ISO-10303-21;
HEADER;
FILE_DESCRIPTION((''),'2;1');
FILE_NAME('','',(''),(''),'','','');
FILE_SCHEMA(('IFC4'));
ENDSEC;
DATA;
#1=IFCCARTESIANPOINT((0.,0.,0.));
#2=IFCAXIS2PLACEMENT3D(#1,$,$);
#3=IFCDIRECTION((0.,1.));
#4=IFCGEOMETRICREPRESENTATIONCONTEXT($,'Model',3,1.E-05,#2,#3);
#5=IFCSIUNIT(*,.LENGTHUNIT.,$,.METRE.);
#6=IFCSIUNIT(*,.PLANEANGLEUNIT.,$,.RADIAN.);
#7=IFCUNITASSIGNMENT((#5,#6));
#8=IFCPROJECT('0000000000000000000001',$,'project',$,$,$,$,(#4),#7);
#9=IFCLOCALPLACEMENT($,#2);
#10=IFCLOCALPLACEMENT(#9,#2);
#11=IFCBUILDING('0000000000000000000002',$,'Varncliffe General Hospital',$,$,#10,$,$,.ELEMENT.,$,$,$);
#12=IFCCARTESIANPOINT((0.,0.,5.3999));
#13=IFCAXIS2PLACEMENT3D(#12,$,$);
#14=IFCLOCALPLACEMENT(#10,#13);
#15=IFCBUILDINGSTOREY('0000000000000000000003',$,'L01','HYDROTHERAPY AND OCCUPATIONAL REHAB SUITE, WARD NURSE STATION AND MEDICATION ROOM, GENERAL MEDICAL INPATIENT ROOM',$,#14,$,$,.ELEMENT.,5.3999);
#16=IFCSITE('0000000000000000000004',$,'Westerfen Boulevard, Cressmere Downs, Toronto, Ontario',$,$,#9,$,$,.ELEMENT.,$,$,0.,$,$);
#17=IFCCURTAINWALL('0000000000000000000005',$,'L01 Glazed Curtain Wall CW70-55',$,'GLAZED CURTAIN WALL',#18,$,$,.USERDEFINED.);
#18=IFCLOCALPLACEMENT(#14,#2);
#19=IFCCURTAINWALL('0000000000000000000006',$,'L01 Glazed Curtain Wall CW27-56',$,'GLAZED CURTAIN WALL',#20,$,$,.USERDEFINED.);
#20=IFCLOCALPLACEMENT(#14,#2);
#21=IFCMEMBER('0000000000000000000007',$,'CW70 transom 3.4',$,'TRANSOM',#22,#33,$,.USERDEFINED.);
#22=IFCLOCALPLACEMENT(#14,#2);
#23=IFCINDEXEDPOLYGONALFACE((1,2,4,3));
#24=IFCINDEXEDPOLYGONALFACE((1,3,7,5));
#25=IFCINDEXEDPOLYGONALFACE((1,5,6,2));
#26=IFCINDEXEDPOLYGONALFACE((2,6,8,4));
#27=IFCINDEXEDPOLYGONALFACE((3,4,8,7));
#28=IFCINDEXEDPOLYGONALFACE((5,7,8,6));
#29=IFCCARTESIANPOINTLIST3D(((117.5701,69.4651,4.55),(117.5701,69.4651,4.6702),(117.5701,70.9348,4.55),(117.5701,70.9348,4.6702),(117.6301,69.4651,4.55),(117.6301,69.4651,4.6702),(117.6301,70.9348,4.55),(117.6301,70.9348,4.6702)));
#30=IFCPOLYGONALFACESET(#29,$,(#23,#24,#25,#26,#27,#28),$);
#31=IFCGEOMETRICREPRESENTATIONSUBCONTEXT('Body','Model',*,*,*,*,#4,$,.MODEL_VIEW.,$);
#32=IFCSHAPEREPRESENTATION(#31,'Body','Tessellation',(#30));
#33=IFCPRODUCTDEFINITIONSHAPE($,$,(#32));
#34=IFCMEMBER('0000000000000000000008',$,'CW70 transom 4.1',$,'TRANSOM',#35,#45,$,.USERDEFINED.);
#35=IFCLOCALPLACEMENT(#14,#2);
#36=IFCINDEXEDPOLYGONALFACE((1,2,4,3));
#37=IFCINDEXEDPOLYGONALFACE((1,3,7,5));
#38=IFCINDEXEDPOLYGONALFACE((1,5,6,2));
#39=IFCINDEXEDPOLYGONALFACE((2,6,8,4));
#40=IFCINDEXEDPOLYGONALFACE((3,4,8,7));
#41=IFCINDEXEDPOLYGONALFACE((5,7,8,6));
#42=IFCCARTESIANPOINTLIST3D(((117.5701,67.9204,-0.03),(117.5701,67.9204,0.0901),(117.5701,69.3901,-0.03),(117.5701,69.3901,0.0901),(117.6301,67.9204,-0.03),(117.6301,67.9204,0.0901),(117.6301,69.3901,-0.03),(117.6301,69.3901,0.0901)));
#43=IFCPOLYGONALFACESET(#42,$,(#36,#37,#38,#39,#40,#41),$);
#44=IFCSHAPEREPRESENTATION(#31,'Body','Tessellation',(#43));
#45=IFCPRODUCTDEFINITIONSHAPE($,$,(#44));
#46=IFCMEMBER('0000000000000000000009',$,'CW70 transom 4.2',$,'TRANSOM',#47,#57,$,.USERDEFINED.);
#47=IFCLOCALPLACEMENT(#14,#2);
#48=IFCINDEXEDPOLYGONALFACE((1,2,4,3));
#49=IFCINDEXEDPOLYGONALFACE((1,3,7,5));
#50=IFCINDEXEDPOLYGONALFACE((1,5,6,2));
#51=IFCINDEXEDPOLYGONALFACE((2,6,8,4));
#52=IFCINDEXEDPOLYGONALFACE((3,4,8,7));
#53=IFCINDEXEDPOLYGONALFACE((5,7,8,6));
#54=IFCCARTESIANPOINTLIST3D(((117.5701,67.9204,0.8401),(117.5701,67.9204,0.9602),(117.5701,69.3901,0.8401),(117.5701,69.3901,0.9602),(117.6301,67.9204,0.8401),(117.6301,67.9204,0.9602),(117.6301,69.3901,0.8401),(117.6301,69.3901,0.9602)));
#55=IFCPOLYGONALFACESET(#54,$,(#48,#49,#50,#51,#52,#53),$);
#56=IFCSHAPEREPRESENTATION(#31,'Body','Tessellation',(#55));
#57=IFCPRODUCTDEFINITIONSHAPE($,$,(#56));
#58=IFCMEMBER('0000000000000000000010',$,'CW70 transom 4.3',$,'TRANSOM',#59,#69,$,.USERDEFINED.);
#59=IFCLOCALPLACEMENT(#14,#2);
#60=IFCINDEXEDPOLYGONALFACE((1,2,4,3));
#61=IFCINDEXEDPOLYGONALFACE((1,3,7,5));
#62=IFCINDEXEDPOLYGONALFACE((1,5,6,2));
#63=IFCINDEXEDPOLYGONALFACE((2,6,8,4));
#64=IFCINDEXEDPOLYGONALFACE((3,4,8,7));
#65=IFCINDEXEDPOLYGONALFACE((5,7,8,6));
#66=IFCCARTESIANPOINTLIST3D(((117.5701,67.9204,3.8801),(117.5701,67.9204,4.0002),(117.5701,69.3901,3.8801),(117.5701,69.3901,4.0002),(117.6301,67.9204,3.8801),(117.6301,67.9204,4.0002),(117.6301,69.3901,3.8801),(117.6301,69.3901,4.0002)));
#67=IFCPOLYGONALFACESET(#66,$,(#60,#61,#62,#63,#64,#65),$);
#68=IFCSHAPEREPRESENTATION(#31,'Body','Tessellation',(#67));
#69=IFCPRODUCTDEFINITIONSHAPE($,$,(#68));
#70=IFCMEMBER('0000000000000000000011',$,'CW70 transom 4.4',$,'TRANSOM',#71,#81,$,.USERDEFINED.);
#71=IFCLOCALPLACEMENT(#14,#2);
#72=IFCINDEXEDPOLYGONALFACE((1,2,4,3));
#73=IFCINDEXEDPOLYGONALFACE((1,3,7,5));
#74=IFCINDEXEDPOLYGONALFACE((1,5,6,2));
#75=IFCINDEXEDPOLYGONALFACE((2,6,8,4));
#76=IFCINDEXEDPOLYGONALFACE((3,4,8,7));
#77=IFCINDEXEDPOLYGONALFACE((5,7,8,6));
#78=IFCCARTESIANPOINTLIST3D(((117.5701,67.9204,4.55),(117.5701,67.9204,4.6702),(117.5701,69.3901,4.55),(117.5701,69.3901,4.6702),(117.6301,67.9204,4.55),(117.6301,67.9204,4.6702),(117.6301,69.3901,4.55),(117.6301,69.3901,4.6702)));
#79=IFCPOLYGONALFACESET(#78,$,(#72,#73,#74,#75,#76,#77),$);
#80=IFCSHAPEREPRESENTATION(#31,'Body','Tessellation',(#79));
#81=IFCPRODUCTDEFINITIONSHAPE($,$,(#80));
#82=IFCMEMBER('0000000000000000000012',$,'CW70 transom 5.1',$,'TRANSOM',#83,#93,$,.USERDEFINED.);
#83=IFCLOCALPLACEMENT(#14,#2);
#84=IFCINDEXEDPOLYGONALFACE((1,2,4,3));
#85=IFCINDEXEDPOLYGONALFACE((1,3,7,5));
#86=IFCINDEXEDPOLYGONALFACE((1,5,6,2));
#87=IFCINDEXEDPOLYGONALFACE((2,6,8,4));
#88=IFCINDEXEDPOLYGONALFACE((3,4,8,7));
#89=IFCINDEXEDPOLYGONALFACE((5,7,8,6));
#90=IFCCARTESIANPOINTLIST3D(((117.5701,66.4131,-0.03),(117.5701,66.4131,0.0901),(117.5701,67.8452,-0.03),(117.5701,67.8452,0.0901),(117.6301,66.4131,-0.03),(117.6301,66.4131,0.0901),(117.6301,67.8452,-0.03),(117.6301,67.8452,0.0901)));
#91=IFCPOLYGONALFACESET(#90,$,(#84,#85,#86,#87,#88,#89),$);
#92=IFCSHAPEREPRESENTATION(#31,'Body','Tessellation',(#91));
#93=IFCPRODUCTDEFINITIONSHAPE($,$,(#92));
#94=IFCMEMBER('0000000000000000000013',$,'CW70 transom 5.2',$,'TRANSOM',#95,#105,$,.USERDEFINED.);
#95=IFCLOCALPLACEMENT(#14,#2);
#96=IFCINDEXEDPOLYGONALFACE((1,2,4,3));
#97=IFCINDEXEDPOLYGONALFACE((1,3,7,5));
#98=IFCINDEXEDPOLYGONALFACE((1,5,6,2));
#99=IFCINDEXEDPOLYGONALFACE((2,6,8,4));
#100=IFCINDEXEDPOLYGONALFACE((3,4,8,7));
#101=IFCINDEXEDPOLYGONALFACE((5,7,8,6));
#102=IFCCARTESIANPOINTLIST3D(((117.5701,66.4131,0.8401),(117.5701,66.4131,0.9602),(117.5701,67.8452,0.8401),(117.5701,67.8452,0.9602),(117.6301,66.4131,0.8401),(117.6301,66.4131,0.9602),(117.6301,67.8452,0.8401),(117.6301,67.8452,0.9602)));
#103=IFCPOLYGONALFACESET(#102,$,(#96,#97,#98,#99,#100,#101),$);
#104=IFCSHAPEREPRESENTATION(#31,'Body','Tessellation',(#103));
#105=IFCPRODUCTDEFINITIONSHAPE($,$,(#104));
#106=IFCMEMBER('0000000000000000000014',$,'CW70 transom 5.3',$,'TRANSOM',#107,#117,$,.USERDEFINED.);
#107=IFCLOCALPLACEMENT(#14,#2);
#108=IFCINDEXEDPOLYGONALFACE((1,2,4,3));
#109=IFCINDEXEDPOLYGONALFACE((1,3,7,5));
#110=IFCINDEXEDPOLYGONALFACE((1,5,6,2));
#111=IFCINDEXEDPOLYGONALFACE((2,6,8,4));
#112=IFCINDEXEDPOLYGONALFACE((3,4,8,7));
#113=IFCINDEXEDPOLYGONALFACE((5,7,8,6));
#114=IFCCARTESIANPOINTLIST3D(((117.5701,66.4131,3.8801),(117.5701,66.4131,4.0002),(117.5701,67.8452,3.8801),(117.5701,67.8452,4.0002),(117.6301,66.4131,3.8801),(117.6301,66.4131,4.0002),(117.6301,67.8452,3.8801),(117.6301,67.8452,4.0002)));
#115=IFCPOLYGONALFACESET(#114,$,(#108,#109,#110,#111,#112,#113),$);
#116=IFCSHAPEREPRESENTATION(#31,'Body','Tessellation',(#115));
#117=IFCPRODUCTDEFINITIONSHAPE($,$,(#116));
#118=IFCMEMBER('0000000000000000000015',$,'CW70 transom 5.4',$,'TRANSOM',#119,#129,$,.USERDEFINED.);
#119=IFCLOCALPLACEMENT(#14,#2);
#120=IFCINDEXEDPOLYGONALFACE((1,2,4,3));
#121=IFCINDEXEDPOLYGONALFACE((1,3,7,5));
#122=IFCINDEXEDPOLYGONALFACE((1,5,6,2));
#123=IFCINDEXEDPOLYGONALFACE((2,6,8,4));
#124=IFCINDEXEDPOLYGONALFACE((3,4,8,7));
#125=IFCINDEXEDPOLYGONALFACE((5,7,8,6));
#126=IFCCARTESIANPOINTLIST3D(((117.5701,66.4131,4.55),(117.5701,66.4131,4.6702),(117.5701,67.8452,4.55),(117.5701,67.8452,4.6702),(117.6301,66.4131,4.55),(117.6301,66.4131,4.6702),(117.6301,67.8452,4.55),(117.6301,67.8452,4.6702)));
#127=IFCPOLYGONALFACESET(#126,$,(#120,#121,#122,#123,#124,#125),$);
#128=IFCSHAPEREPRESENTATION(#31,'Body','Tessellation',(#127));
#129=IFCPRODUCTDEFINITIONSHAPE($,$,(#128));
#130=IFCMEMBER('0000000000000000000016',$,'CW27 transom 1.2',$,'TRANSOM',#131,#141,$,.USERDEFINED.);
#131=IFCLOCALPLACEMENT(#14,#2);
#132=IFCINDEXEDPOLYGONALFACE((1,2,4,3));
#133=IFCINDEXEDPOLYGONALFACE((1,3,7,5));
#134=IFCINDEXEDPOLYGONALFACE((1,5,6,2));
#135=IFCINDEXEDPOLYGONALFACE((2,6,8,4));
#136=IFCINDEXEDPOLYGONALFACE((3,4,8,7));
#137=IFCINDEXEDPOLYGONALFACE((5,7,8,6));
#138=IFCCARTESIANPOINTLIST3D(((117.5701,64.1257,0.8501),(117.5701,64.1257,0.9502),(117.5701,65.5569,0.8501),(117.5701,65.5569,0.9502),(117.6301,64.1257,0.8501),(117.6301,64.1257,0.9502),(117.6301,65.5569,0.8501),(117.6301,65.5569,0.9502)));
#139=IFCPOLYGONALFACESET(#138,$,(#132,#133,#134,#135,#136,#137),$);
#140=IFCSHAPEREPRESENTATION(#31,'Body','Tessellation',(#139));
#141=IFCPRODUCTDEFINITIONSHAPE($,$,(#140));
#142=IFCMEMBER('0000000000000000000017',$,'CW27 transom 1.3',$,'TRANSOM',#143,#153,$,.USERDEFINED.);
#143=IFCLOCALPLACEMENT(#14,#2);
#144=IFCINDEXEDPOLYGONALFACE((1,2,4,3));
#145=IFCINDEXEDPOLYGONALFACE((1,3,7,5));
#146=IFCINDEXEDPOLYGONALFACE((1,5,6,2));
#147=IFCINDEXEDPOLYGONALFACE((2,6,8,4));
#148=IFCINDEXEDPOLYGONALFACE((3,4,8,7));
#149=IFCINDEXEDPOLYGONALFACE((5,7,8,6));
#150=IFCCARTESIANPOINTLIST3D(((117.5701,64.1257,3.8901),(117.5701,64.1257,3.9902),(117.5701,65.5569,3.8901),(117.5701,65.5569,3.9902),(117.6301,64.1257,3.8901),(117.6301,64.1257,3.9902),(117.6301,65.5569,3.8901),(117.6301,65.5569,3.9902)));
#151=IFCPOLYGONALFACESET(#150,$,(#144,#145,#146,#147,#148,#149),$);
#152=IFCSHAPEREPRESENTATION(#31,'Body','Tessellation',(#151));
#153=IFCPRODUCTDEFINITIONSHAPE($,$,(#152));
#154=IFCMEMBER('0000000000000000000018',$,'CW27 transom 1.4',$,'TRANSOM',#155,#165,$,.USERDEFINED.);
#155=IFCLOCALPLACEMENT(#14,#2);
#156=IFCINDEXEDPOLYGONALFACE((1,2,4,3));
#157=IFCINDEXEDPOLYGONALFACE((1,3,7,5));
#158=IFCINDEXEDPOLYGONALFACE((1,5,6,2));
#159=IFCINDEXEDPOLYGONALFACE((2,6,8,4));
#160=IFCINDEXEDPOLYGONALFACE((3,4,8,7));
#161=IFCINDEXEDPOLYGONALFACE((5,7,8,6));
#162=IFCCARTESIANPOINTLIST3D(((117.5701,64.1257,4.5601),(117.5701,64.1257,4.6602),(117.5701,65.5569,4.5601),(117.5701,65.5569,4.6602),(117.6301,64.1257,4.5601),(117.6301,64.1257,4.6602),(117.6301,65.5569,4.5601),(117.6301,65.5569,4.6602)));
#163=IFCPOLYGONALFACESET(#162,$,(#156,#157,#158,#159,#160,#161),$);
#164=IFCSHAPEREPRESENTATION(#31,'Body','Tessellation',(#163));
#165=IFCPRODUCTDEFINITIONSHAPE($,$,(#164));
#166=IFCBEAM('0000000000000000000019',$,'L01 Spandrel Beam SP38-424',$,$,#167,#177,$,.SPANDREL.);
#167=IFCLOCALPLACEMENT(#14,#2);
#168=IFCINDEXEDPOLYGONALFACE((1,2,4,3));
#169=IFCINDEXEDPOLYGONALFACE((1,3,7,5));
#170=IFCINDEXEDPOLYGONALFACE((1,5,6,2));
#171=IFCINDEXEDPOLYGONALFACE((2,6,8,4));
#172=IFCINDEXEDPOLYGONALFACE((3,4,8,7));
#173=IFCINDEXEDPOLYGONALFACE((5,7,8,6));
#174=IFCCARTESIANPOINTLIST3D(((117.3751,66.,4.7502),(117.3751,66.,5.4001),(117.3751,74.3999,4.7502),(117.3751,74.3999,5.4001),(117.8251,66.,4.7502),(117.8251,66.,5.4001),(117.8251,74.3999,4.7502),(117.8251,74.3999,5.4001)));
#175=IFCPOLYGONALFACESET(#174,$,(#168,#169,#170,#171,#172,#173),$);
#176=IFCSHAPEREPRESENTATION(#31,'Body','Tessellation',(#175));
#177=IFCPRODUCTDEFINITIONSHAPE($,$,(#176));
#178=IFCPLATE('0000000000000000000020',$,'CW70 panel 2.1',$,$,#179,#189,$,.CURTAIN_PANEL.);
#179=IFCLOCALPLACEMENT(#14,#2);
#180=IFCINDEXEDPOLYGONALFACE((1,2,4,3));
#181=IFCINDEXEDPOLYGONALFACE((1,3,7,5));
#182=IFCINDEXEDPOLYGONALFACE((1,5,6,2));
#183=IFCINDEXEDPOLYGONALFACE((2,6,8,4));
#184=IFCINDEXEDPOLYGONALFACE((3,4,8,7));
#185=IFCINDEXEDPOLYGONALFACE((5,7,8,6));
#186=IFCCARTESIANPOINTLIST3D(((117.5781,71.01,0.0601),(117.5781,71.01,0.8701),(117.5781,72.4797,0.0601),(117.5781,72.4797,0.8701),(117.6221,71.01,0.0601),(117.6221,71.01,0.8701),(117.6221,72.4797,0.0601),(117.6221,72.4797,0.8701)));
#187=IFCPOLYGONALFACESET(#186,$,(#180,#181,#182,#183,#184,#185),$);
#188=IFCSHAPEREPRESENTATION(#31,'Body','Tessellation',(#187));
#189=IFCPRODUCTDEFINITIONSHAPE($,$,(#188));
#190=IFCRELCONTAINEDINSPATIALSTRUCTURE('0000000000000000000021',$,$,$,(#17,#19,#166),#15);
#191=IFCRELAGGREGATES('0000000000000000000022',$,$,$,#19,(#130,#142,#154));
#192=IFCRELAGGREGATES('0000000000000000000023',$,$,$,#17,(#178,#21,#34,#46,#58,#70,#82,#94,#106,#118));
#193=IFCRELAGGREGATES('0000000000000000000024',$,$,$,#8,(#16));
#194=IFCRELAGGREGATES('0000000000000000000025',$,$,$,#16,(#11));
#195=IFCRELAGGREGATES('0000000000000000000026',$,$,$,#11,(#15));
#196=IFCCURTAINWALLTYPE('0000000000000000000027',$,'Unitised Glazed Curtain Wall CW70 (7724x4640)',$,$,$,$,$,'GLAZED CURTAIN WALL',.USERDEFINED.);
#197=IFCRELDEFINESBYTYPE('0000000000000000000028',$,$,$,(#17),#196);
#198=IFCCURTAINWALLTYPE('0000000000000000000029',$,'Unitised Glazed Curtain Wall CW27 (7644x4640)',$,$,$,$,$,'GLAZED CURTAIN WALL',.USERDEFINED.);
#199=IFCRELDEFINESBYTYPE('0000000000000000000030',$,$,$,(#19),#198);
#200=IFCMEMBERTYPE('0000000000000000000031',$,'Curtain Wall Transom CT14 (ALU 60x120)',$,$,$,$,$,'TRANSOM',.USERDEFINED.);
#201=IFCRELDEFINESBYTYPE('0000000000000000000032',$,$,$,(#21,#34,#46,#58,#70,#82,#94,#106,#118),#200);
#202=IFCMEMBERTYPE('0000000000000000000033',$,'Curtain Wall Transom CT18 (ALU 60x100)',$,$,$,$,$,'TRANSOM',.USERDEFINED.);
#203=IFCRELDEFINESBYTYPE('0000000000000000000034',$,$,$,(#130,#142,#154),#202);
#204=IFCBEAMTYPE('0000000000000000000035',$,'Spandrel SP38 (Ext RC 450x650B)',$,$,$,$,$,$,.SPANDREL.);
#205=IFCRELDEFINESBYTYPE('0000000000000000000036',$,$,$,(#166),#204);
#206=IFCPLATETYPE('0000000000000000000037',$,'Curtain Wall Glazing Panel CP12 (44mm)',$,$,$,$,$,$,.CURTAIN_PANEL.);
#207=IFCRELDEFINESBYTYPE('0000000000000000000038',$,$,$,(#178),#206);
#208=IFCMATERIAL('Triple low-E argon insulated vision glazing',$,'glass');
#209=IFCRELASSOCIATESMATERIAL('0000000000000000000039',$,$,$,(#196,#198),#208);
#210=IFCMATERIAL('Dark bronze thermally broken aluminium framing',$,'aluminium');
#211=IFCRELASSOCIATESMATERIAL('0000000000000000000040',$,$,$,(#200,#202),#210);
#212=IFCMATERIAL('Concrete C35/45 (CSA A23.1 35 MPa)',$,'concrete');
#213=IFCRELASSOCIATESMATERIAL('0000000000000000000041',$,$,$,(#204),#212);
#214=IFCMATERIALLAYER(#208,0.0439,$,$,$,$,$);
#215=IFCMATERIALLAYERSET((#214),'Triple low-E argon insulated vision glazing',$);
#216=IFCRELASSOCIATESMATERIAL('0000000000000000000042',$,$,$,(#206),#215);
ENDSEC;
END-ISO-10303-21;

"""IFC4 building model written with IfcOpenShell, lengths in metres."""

from ifc_helpers import new_model, si_unit, direction, frame, origin, origin_2d, place, context, subcontext, project, spatial, rectangle, extrude, material, layer, layer_set, material_profile, profile_set, type_object, element, aggregate, save


model = new_model("IFC4")

# Units and contexts
model_context = context("Model", 3, precision=1e-05, world=origin(), true_north=direction((0.0, 1.0)))
body_context = subcontext(model_context, "Body", "Model", "MODEL_VIEW")
ifc_project = project(units=[si_unit("LENGTHUNIT", "METRE"), si_unit("PLANEANGLEUNIT", "RADIAN")], contexts=[model_context])

# Site, building, storey
site_placement = place(None, origin())
site = spatial("IfcSite", under=ifc_project, at=site_placement, Name="Westerfen Boulevard, Cressmere Downs, Toronto, Ontario", CompositionType="ELEMENT", RefElevation=0.0)
building_placement = place(site_placement, origin())
building = spatial("IfcBuilding", under=site, at=building_placement, Name="Varncliffe General Hospital", CompositionType="ELEMENT")
storey_placement = place(building_placement, frame((0.0, 0.0, 5.3999)))
storey = spatial("IfcBuildingStorey", under=building, at=storey_placement, Name="L01", Description="HYDROTHERAPY AND OCCUPATIONAL REHAB SUITE, WARD NURSE STATION AND MEDICATION ROOM, GENERAL MEDICAL INPATIENT ROOM", CompositionType="ELEMENT", Elevation=5.3999)

# Curtain wall
ifc_material_1 = material(Name="Triple low-E argon insulated vision glazing", Category="glass")
curtain_wall_type_1 = type_object("IfcCurtainWallType", Name="Unitised Glazed Curtain Wall CW70 (7724x4640)", ElementType="GLAZED CURTAIN WALL", PredefinedType="USERDEFINED", material=ifc_material_1)
curtain_wall_1_placement = place(storey_placement, origin())
curtain_wall_1 = element("IfcCurtainWall", 1, at=curtain_wall_1_placement, inside=storey, type_object=curtain_wall_type_1, Name="L01 Glazed Curtain Wall CW70-55", ObjectType="GLAZED CURTAIN WALL", PredefinedType="USERDEFINED")
ifc_material_2 = material(Name="Dark bronze thermally broken aluminium framing", Category="aluminium")

# Curtain wall
curtain_wall_type_2 = type_object("IfcCurtainWallType", Name="Unitised Glazed Curtain Wall CW27 (7644x4640)", ElementType="GLAZED CURTAIN WALL", PredefinedType="USERDEFINED", material=ifc_material_1)
curtain_wall_2_placement = place(storey_placement, origin())
curtain_wall_2 = element("IfcCurtainWall", 2, at=curtain_wall_2_placement, inside=storey, type_object=curtain_wall_type_2, Name="L01 Glazed Curtain Wall CW27-56", ObjectType="GLAZED CURTAIN WALL", PredefinedType="USERDEFINED")

# Members
ifc_material_profile_1 = material_profile(ifc_material_2, rectangle(XDim=0.0601, YDim=0.1201, at=origin_2d()), Name="ALU 60x120")
ifc_profile_set_1 = profile_set([ifc_material_profile_1], Name="Dark bronze thermally broken aluminium framing")
member_type_1 = type_object("IfcMemberType", Name="Curtain Wall Transom CT14 (ALU 60x120)", ElementType="TRANSOM", PredefinedType="USERDEFINED", material=ifc_profile_set_1)
member_1_placement = place(storey_placement, frame((117.6001, 70.9348, 4.6101), z_axis=(0.0, -1.0, 0.0), x_axis=(1.0, 0.0, 0.0)))
member_1 = element("IfcMember", 3, at=member_1_placement, type_object=member_type_1, Name="CW70 transom 3.4", ObjectType="TRANSOM", PredefinedType="USERDEFINED", context=body_context, shape_type="SweptSolid", body=[
    extrude(rectangle(XDim=0.0601, YDim=0.1201, at=origin_2d()), origin(), (0.0, 0.0, 1.0), 1.4697),
])
member_2_placement = place(storey_placement, frame((117.6001, 69.3901, 0.03), z_axis=(0.0, -1.0, 0.0), x_axis=(1.0, 0.0, 0.0)))
member_2 = element("IfcMember", 4, at=member_2_placement, type_object=member_type_1, Name="CW70 transom 4.1", ObjectType="TRANSOM", PredefinedType="USERDEFINED", context=body_context, shape_type="SweptSolid", body=[
    extrude(rectangle(XDim=0.0601, YDim=0.1201, at=origin_2d()), origin(), (0.0, 0.0, 1.0), 1.4697),
])
member_3_placement = place(storey_placement, frame((117.6001, 69.3901, 0.9001), z_axis=(0.0, -1.0, 0.0), x_axis=(1.0, 0.0, 0.0)))
member_3 = element("IfcMember", 5, at=member_3_placement, type_object=member_type_1, Name="CW70 transom 4.2", ObjectType="TRANSOM", PredefinedType="USERDEFINED", context=body_context, shape_type="SweptSolid", body=[
    extrude(rectangle(XDim=0.0601, YDim=0.1201, at=origin_2d()), origin(), (0.0, 0.0, 1.0), 1.4697),
])
member_4_placement = place(storey_placement, frame((117.6001, 69.3901, 3.9402), z_axis=(0.0, -1.0, 0.0), x_axis=(1.0, 0.0, 0.0)))
member_4 = element("IfcMember", 6, at=member_4_placement, type_object=member_type_1, Name="CW70 transom 4.3", ObjectType="TRANSOM", PredefinedType="USERDEFINED", context=body_context, shape_type="SweptSolid", body=[
    extrude(rectangle(XDim=0.0601, YDim=0.1201, at=origin_2d()), origin(), (0.0, 0.0, 1.0), 1.4697),
])
member_5_placement = place(storey_placement, frame((117.6001, 69.3901, 4.6101), z_axis=(0.0, -1.0, 0.0), x_axis=(1.0, 0.0, 0.0)))
member_5 = element("IfcMember", 7, at=member_5_placement, type_object=member_type_1, Name="CW70 transom 4.4", ObjectType="TRANSOM", PredefinedType="USERDEFINED", context=body_context, shape_type="SweptSolid", body=[
    extrude(rectangle(XDim=0.0601, YDim=0.1201, at=origin_2d()), origin(), (0.0, 0.0, 1.0), 1.4697),
])
member_6_placement = place(storey_placement, frame((117.6001, 67.8452, 0.03), z_axis=(0.0, -1.0, 0.0), x_axis=(1.0, 0.0, 0.0)))
member_6 = element("IfcMember", 8, at=member_6_placement, type_object=member_type_1, Name="CW70 transom 5.1", ObjectType="TRANSOM", PredefinedType="USERDEFINED", context=body_context, shape_type="SweptSolid", body=[
    extrude(rectangle(XDim=0.0601, YDim=0.1201, at=origin_2d()), origin(), (0.0, 0.0, 1.0), 1.4321),
])
member_7_placement = place(storey_placement, frame((117.6001, 67.8452, 0.9001), z_axis=(0.0, -1.0, 0.0), x_axis=(1.0, 0.0, 0.0)))
member_7 = element("IfcMember", 9, at=member_7_placement, type_object=member_type_1, Name="CW70 transom 5.2", ObjectType="TRANSOM", PredefinedType="USERDEFINED", context=body_context, shape_type="SweptSolid", body=[
    extrude(rectangle(XDim=0.0601, YDim=0.1201, at=origin_2d()), origin(), (0.0, 0.0, 1.0), 1.4321),
])
member_8_placement = place(storey_placement, frame((117.6001, 67.8452, 3.9402), z_axis=(0.0, -1.0, 0.0), x_axis=(1.0, 0.0, 0.0)))
member_8 = element("IfcMember", 10, at=member_8_placement, type_object=member_type_1, Name="CW70 transom 5.3", ObjectType="TRANSOM", PredefinedType="USERDEFINED", context=body_context, shape_type="SweptSolid", body=[
    extrude(rectangle(XDim=0.0601, YDim=0.1201, at=origin_2d()), origin(), (0.0, 0.0, 1.0), 1.4321),
])
member_9_placement = place(storey_placement, frame((117.6001, 67.8452, 4.6101), z_axis=(0.0, -1.0, 0.0), x_axis=(1.0, 0.0, 0.0)))
member_9 = element("IfcMember", 11, at=member_9_placement, type_object=member_type_1, Name="CW70 transom 5.4", ObjectType="TRANSOM", PredefinedType="USERDEFINED", context=body_context, shape_type="SweptSolid", body=[
    extrude(rectangle(XDim=0.0601, YDim=0.1201, at=origin_2d()), origin(), (0.0, 0.0, 1.0), 1.4321),
])
ifc_material_profile_2 = material_profile(ifc_material_2, rectangle(XDim=0.0601, YDim=0.1001, at=origin_2d()), Name="ALU 60x100")
ifc_profile_set_2 = profile_set([ifc_material_profile_2], Name="Dark bronze thermally broken aluminium framing")
member_type_2 = type_object("IfcMemberType", Name="Curtain Wall Transom CT18 (ALU 60x100)", ElementType="TRANSOM", PredefinedType="USERDEFINED", material=ifc_profile_set_2)
member_10_placement = place(storey_placement, frame((117.6001, 65.5569, 0.9001), z_axis=(0.0, -1.0, 0.0), x_axis=(1.0, 0.0, 0.0)))
member_10 = element("IfcMember", 12, at=member_10_placement, type_object=member_type_2, Name="CW27 transom 1.2", ObjectType="TRANSOM", PredefinedType="USERDEFINED", context=body_context, shape_type="SweptSolid", body=[
    extrude(rectangle(XDim=0.0601, YDim=0.1001, at=origin_2d()), origin(), (0.0, 0.0, 1.0), 1.4312),
])
member_11_placement = place(storey_placement, frame((117.6001, 65.5569, 3.9402), z_axis=(0.0, -1.0, 0.0), x_axis=(1.0, 0.0, 0.0)))
member_11 = element("IfcMember", 13, at=member_11_placement, type_object=member_type_2, Name="CW27 transom 1.3", ObjectType="TRANSOM", PredefinedType="USERDEFINED", context=body_context, shape_type="SweptSolid", body=[
    extrude(rectangle(XDim=0.0601, YDim=0.1001, at=origin_2d()), origin(), (0.0, 0.0, 1.0), 1.4312),
])
member_12_placement = place(storey_placement, frame((117.6001, 65.5569, 4.6101), z_axis=(0.0, -1.0, 0.0), x_axis=(1.0, 0.0, 0.0)))
member_12 = element("IfcMember", 14, at=member_12_placement, type_object=member_type_2, Name="CW27 transom 1.4", ObjectType="TRANSOM", PredefinedType="USERDEFINED", context=body_context, shape_type="SweptSolid", body=[
    extrude(rectangle(XDim=0.0601, YDim=0.1001, at=origin_2d()), origin(), (0.0, 0.0, 1.0), 1.4312),
])
aggregate(curtain_wall_2, [member_10, member_11, member_12])

# Beam
ifc_material_3 = material(Name="Concrete C35/45 (CSA A23.1 35 MPa)", Category="concrete")
ifc_material_profile_3 = material_profile(ifc_material_3, rectangle(XDim=0.45, YDim=0.6499, at=origin_2d()), Name="RC 450x650")
ifc_profile_set_3 = profile_set([ifc_material_profile_3], Name="Concrete C35/45 (CSA A23.1 35 MPa)")
beam_type = type_object("IfcBeamType", Name="Spandrel SP38 (Ext RC 450x650B)", PredefinedType="SPANDREL", material=ifc_profile_set_3)
beam_placement = place(storey_placement, frame((117.6001, 66.0, 5.0752), z_axis=(0.0, 1.0, 0.0), x_axis=(-1.0, 0.0, 0.0)))
element("IfcBeam", 15, at=beam_placement, inside=storey, type_object=beam_type, Name="L01 Spandrel Beam SP38-424", PredefinedType="SPANDREL", context=body_context, shape_type="SweptSolid", body=[
    extrude(rectangle(XDim=0.45, YDim=0.6499, at=origin_2d()), origin(), (0.0, 0.0, 1.0), 8.3999),
])

# Plate
ifc_layer = layer(ifc_material_1, 0.0439)
ifc_layer_set = layer_set([ifc_layer], Name="Triple low-E argon insulated vision glazing")
plate_type = type_object("IfcPlateType", Name="Curtain Wall Glazing Panel CP12 (44mm)", PredefinedType="CURTAIN_PANEL", material=ifc_layer_set)
plate_1_placement = place(storey_placement, frame((117.6001, 71.7449, 0.0601), z_axis=(0.0, 0.0, 1.0), x_axis=(0.0, -1.0, 0.0)))
plate_1 = element("IfcPlate", 16, at=plate_1_placement, type_object=plate_type, Name="CW70 panel 2.1", PredefinedType="CURTAIN_PANEL", context=body_context, shape_type="SweptSolid", body=[
    extrude(rectangle(XDim=1.4697, YDim=0.0439, at=origin_2d()), origin(), (0.0, 0.0, 1.0), 0.8101),
])
aggregate(curtain_wall_1, [plate_1, member_1, member_2, member_3, member_4, member_5, member_6, member_7, member_8, member_9])

save(model, "model.ifc")
